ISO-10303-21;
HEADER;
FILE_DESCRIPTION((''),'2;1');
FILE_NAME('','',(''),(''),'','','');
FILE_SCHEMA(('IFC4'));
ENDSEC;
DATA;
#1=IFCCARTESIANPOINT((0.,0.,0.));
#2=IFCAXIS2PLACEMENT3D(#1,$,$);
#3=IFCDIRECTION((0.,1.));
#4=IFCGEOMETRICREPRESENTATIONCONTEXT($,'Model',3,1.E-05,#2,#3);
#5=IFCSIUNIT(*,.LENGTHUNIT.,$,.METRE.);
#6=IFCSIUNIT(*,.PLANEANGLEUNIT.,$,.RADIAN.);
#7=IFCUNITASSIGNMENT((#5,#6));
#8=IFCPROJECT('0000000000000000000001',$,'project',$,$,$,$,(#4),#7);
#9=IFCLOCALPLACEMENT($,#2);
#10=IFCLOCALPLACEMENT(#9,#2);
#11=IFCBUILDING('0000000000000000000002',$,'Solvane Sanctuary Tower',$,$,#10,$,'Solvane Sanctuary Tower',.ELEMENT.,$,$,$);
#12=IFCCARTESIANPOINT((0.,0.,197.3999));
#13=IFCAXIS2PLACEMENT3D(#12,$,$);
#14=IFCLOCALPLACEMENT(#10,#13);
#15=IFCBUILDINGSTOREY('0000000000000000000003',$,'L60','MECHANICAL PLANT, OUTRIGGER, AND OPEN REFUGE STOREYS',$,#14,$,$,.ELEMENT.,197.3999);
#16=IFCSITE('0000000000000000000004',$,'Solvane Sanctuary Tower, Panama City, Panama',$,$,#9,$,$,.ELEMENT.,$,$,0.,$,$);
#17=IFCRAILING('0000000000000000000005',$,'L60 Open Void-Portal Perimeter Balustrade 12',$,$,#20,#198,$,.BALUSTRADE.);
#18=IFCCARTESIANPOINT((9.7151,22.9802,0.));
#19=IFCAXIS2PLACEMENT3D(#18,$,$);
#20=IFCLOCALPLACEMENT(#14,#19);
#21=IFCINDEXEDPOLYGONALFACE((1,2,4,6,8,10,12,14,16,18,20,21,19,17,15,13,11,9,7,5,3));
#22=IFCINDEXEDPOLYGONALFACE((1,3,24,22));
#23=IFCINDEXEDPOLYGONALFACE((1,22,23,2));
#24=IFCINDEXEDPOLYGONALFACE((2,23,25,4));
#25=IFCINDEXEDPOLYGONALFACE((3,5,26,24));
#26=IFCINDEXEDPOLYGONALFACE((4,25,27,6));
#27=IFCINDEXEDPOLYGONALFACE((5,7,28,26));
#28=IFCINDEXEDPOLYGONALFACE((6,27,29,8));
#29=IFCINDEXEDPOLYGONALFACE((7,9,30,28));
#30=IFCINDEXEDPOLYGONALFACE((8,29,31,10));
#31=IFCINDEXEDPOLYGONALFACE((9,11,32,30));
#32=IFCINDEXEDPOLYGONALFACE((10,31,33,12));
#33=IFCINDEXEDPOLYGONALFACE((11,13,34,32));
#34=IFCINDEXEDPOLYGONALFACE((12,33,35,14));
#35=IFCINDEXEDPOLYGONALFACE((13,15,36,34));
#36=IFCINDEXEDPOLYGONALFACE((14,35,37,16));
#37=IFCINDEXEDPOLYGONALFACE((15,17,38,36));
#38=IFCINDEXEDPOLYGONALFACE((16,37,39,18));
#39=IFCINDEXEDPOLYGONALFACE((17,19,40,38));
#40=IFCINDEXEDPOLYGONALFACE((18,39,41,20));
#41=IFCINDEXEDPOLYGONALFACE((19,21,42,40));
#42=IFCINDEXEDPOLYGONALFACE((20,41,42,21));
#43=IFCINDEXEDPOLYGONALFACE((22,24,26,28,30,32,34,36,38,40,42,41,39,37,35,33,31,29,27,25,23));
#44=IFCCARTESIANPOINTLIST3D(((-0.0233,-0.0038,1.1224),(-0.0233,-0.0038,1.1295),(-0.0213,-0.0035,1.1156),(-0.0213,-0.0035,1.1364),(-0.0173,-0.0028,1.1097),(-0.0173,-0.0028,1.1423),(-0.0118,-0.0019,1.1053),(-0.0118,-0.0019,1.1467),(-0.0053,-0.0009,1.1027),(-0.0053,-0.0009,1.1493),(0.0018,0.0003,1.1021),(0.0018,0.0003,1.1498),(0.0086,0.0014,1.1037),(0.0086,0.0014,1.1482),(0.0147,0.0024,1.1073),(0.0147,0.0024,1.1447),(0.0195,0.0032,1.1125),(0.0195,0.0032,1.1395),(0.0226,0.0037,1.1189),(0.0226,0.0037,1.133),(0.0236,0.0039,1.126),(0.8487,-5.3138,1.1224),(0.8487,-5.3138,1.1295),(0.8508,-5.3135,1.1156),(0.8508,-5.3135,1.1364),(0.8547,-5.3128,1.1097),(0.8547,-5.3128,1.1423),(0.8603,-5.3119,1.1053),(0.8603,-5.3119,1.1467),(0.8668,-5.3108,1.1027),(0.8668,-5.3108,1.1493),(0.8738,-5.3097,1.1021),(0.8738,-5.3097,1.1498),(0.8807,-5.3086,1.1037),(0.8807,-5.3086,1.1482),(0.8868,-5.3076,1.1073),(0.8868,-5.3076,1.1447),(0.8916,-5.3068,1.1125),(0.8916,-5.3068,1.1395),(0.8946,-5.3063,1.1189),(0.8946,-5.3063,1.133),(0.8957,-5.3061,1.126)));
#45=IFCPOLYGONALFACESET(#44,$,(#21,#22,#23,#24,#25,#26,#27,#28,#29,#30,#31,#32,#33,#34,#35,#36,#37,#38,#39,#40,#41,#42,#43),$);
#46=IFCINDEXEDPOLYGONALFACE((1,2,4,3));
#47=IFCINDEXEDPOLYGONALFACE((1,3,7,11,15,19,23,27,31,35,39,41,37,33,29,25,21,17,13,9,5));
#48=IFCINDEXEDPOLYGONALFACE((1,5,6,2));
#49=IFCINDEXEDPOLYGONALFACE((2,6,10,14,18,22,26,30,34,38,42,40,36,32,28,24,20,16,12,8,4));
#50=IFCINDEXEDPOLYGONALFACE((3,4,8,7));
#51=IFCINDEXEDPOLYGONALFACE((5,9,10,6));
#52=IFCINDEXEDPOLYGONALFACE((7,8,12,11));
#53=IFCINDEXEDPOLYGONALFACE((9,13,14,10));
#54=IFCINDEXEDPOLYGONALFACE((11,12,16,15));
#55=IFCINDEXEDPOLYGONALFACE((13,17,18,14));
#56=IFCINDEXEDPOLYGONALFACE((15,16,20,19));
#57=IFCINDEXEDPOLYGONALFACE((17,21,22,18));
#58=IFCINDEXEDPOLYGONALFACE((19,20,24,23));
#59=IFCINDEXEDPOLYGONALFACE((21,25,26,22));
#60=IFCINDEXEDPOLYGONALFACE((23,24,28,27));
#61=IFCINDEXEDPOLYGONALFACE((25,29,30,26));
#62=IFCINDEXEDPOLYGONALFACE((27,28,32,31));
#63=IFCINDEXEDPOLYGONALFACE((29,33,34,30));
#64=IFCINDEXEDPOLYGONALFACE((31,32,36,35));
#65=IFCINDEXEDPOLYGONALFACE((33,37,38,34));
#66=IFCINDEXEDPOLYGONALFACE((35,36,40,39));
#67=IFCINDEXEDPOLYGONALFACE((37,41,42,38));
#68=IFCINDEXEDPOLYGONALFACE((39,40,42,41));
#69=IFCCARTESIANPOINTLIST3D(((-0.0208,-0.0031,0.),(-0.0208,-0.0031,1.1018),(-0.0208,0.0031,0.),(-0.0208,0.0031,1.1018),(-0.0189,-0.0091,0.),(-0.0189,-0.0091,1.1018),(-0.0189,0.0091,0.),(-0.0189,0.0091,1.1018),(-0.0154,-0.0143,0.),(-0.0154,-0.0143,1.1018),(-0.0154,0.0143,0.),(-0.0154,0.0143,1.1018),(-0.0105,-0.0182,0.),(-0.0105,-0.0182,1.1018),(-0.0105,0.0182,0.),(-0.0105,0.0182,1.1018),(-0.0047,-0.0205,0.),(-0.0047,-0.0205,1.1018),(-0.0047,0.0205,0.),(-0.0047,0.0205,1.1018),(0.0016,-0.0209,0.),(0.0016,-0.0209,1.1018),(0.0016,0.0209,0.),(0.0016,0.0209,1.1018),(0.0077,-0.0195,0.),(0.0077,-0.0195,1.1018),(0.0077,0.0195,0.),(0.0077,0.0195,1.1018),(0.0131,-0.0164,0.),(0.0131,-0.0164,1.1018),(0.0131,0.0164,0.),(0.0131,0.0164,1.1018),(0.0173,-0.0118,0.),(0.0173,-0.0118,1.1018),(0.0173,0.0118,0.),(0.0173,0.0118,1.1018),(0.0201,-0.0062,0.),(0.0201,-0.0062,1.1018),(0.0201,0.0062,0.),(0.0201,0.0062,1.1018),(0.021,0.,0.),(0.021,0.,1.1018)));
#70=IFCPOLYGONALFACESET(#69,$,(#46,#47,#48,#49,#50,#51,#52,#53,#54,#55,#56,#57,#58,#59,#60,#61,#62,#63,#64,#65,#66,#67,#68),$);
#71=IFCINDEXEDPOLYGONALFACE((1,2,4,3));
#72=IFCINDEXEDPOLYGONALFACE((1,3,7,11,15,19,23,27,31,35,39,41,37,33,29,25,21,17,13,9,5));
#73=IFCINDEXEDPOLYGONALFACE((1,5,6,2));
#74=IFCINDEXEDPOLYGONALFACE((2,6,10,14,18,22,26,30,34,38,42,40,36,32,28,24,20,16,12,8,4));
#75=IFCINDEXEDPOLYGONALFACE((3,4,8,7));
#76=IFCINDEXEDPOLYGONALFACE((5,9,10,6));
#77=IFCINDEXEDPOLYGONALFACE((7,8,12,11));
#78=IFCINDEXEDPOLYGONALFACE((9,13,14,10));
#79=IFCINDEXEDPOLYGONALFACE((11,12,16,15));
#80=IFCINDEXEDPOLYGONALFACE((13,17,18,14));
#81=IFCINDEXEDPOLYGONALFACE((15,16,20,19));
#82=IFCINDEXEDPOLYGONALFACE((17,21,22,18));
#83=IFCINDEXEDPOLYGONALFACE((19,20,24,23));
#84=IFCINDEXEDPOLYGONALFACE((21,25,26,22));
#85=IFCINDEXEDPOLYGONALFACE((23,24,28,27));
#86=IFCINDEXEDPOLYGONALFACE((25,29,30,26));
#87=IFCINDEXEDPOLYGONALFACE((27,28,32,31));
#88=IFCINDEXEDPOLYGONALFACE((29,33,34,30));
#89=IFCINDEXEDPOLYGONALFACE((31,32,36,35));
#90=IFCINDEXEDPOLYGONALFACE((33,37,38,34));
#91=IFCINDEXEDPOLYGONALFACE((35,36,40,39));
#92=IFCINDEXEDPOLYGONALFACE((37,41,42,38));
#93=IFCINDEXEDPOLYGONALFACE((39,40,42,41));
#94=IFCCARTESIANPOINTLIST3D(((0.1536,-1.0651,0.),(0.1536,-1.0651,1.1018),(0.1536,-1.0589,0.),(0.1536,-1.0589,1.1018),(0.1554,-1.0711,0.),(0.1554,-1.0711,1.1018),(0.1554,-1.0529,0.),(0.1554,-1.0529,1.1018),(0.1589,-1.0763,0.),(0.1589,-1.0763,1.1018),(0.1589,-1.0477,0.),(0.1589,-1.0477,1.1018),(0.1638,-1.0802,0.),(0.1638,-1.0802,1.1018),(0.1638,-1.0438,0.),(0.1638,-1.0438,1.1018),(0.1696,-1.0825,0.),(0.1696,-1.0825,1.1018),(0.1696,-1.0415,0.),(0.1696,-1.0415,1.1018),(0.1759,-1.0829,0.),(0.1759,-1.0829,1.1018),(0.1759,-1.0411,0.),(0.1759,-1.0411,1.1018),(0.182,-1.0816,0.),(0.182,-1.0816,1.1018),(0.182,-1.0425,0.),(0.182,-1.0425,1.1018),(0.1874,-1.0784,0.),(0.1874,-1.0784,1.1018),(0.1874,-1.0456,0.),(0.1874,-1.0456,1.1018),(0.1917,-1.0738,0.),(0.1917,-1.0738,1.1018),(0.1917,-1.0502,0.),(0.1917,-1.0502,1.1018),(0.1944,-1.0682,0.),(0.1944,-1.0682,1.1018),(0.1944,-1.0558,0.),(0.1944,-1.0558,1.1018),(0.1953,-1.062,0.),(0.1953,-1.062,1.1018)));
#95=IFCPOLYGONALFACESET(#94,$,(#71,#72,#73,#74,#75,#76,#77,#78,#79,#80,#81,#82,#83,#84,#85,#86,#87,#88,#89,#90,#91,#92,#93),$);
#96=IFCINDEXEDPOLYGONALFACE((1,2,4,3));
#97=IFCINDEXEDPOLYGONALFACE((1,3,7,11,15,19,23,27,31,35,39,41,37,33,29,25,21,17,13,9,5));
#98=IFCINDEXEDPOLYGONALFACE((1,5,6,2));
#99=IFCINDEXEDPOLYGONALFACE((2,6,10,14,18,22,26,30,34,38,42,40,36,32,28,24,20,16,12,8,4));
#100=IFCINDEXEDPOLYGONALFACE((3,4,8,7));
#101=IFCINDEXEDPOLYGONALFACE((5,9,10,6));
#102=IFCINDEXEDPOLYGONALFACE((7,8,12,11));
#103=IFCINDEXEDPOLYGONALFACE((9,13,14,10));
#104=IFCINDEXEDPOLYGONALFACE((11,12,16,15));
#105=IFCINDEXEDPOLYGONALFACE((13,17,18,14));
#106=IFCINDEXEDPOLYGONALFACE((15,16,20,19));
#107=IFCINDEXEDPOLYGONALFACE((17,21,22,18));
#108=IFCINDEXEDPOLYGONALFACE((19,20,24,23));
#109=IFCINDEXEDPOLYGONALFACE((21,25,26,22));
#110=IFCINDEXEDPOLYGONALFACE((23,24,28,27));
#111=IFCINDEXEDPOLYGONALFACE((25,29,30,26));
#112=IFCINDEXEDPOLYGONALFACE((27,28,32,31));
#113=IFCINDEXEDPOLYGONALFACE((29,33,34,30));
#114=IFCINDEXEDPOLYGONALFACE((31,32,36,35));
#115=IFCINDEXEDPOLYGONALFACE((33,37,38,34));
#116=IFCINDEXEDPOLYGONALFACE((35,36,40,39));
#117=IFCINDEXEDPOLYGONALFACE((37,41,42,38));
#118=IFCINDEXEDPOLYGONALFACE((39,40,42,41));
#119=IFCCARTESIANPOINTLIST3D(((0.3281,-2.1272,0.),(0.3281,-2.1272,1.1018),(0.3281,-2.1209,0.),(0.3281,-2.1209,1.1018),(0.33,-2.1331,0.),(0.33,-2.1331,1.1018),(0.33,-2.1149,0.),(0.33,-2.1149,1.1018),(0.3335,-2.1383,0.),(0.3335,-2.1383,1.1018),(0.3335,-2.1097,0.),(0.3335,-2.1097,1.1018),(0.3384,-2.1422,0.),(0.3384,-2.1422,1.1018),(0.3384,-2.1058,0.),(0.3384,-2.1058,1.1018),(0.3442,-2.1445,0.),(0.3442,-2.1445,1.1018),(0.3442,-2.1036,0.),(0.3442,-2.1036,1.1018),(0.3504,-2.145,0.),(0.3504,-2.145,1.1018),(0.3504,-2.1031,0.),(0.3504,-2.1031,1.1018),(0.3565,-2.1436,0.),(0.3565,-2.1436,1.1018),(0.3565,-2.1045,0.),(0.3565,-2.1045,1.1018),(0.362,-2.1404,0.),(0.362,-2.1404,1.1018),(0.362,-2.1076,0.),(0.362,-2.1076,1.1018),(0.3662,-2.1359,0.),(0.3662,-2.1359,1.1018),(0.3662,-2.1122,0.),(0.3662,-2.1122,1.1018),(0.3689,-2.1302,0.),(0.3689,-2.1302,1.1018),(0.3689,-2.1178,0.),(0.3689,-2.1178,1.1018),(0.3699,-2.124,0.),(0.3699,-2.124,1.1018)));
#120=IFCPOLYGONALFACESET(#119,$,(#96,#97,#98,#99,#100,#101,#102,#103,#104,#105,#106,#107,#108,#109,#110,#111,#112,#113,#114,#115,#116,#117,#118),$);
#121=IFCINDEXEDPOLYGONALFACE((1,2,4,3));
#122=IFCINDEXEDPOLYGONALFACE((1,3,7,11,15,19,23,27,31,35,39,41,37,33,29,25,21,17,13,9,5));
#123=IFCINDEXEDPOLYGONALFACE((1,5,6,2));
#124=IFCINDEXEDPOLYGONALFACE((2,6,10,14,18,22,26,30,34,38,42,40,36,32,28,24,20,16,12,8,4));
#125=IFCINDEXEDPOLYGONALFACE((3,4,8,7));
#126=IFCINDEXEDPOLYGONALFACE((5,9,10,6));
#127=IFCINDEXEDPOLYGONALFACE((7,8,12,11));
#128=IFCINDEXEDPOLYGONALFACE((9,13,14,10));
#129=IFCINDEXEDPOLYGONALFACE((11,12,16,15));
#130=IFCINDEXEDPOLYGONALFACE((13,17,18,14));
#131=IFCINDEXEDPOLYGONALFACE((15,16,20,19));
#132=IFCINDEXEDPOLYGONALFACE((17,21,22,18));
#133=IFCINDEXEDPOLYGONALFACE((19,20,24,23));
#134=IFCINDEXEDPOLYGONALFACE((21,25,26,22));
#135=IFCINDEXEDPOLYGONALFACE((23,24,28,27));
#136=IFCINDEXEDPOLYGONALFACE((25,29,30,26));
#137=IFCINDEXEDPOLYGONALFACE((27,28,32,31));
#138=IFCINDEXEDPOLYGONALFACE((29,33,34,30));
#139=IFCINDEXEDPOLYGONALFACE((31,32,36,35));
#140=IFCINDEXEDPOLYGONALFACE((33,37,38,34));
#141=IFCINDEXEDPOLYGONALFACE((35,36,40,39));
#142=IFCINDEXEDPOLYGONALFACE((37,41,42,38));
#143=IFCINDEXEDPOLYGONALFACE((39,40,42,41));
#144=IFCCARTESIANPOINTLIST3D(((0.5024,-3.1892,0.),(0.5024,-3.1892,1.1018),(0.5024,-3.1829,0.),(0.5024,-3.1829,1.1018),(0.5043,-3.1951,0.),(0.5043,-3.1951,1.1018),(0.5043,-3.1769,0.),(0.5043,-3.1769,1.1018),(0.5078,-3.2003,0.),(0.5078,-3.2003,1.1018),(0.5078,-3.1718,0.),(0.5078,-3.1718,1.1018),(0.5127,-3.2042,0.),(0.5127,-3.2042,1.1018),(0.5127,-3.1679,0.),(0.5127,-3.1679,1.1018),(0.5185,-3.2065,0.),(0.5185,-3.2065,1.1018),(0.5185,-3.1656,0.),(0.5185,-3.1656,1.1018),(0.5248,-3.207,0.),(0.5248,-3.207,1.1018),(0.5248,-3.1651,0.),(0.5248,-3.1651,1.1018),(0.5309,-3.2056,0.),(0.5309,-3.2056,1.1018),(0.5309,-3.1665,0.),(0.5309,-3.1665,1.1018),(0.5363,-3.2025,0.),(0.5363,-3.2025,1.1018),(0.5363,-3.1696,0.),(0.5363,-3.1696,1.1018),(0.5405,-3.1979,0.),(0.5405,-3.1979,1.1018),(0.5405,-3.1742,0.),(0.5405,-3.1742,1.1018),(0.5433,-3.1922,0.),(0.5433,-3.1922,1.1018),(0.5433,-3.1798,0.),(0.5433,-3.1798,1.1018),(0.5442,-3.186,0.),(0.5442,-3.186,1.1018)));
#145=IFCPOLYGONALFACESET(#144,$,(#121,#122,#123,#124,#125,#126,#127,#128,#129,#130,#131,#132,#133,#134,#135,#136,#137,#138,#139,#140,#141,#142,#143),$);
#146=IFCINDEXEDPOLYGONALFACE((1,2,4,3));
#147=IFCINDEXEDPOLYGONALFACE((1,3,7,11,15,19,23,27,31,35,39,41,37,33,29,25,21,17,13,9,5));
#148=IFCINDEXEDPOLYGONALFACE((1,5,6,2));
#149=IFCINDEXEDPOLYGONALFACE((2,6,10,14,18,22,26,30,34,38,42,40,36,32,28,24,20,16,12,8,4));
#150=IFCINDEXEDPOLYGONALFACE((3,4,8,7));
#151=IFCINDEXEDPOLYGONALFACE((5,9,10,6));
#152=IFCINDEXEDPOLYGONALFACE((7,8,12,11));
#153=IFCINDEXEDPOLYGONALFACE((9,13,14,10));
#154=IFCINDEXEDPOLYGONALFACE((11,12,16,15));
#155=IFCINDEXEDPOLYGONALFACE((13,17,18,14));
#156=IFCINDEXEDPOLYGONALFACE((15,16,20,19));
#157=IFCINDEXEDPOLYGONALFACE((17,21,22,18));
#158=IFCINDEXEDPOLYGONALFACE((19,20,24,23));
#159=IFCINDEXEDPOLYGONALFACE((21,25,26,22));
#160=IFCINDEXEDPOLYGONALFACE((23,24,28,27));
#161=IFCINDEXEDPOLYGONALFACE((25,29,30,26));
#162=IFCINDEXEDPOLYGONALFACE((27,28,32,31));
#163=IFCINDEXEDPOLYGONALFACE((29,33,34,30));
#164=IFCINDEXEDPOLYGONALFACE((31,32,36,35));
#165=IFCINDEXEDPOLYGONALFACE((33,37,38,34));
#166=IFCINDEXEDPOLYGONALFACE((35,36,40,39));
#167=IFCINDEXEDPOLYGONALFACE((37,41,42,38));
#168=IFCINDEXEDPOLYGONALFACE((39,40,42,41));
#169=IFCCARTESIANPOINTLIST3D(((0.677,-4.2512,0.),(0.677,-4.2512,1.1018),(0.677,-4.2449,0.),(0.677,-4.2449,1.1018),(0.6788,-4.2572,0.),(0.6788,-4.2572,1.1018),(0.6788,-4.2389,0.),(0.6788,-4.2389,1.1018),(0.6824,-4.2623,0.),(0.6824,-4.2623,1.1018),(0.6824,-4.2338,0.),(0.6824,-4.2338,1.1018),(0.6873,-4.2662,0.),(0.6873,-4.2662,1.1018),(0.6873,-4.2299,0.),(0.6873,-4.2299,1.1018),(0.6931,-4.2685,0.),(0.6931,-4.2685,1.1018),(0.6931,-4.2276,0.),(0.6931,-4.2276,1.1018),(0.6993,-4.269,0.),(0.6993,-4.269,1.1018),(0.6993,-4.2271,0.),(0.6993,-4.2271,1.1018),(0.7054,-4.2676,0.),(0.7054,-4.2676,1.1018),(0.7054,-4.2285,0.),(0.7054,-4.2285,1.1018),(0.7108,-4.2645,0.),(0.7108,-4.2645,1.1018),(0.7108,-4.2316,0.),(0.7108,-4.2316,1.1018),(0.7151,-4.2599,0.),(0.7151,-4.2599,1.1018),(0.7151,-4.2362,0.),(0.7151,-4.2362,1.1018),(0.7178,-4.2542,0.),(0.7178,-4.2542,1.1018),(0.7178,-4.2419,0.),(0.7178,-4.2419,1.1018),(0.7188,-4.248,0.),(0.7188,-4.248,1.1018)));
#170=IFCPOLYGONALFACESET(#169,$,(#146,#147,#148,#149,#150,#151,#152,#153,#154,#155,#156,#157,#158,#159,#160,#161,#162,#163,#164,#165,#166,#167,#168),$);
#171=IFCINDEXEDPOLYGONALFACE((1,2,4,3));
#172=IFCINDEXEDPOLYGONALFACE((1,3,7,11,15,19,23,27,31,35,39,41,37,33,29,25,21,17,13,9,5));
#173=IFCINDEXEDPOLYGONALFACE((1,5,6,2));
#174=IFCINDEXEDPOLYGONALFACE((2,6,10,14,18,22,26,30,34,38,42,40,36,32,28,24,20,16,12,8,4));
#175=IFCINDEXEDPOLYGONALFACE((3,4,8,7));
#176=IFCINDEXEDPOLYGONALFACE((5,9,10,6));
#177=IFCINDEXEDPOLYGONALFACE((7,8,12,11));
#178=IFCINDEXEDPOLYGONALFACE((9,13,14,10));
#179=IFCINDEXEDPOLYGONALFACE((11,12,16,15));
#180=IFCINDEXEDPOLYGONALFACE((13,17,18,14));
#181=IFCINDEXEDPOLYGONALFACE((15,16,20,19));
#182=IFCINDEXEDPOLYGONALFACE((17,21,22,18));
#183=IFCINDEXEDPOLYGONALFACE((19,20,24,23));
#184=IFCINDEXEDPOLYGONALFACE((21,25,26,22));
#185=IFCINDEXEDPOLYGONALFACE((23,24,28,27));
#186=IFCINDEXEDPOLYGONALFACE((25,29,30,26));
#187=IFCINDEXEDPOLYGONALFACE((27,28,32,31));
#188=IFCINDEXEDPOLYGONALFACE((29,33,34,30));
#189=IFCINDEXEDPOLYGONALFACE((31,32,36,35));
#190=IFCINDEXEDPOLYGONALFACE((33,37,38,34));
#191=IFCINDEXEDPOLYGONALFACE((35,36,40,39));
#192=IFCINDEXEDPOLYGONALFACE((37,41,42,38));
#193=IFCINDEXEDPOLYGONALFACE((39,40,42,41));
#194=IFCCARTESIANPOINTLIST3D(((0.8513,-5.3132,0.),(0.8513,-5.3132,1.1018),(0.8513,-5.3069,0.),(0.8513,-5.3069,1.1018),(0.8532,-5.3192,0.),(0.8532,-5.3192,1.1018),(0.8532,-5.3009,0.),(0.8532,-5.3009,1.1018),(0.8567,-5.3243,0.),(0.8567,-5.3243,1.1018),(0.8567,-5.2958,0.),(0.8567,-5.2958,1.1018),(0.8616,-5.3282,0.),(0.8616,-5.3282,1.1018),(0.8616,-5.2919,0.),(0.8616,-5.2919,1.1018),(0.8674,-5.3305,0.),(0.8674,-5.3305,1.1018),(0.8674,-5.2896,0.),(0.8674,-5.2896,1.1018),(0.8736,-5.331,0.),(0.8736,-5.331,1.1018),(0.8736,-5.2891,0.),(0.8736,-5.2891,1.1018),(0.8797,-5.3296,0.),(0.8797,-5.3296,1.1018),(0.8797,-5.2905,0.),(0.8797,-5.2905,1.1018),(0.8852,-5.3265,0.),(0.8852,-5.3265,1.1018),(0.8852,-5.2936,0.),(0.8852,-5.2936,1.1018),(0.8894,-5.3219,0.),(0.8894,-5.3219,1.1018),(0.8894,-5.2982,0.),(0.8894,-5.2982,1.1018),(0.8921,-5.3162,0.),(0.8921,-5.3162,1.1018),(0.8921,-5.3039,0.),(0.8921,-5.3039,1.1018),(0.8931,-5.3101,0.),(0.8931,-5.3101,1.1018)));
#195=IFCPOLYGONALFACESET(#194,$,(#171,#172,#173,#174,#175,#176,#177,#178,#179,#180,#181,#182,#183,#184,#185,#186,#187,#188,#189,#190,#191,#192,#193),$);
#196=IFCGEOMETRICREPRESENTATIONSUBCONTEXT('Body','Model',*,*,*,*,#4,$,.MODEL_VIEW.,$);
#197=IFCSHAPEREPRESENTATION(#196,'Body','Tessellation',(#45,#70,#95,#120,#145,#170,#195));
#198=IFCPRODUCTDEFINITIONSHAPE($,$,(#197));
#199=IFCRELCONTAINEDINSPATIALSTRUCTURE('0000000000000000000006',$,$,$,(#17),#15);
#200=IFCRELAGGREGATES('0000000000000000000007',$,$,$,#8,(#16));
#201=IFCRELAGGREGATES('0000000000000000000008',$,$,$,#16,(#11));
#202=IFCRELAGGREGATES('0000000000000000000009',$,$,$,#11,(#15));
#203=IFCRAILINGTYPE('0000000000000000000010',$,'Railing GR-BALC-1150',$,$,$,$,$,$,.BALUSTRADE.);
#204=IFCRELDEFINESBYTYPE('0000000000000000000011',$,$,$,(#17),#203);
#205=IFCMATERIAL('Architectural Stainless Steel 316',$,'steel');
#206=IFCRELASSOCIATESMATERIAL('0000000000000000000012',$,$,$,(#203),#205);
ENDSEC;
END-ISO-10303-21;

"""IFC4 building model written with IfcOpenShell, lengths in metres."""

from ifc_helpers import new_model, si_unit, direction, frame, origin, origin_2d, place, context, subcontext, project, spatial, circle, extrude, material, type_object, element, save


model = new_model("IFC4")

# Units and contexts
model_context = context("Model", 3, precision=1e-05, world=origin(), true_north=direction((0.0, 1.0)))
body_context = subcontext(model_context, "Body", "Model", "MODEL_VIEW")
ifc_project = project(units=[si_unit("LENGTHUNIT", "METRE"), si_unit("PLANEANGLEUNIT", "RADIAN")], contexts=[model_context])

# Site, building, storey
site_placement = place(None, origin())
site = spatial("IfcSite", under=ifc_project, at=site_placement, Name="Solvane Sanctuary Tower, Panama City, Panama", CompositionType="ELEMENT", RefElevation=0.0)
building_placement = place(site_placement, origin())
building = spatial("IfcBuilding", under=site, at=building_placement, Name="Solvane Sanctuary Tower", LongName="Solvane Sanctuary Tower", CompositionType="ELEMENT")
storey_placement = place(building_placement, frame((0.0, 0.0, 197.3999)))
storey = spatial("IfcBuildingStorey", under=building, at=storey_placement, Name="L60", Description="MECHANICAL PLANT, OUTRIGGER, AND OPEN REFUGE STOREYS", CompositionType="ELEMENT", Elevation=197.3999)

# Shared definitions
ifc_material_1 = material(Name="Architectural Stainless Steel 316", Category="steel")

# Railing
railing_type_1 = type_object("IfcRailingType", Name="Railing GR-BALC-1150", PredefinedType="BALUSTRADE", material=ifc_material_1)
railing_1_placement = place(storey_placement, frame((9.7151, 22.9802, 0.0)))
element("IfcRailing", 1, at=railing_1_placement, inside=storey, type_object=railing_type_1, Name="L60 Open Void-Portal Perimeter Balustrade 12", PredefinedType="BALUSTRADE", context=body_context, shape_type="SweptSolid", body=[
    extrude(circle(Radius=0.0239, at=origin_2d()), frame((0.0, 0.0, 1.126), z_axis=(0.162059, -0.986781, 0.0), x_axis=(0.986781, 0.162059, 0.0)), (0.0, 0.0, 1.0), 5.3811),
    extrude(circle(Radius=0.021, at=origin_2d()), origin(), (0.0, 0.0, 1.0), 1.1018),
    extrude(circle(Radius=0.021, at=origin_2d()), frame((0.1743, -1.062, 0.0)), (0.0, 0.0, 1.0), 1.1018),
    extrude(circle(Radius=0.021, at=origin_2d()), frame((0.3489, -2.124, 0.0)), (0.0, 0.0, 1.0), 1.1018),
    extrude(circle(Radius=0.021, at=origin_2d()), frame((0.5232, -3.186, 0.0)), (0.0, 0.0, 1.0), 1.1018),
    extrude(circle(Radius=0.021, at=origin_2d()), frame((0.6978, -4.248, 0.0)), (0.0, 0.0, 1.0), 1.1018),
    extrude(circle(Radius=0.021, at=origin_2d()), frame((0.8721, -5.3101, 0.0)), (0.0, 0.0, 1.0), 1.1018),
])

save(model, "model.ifc")
